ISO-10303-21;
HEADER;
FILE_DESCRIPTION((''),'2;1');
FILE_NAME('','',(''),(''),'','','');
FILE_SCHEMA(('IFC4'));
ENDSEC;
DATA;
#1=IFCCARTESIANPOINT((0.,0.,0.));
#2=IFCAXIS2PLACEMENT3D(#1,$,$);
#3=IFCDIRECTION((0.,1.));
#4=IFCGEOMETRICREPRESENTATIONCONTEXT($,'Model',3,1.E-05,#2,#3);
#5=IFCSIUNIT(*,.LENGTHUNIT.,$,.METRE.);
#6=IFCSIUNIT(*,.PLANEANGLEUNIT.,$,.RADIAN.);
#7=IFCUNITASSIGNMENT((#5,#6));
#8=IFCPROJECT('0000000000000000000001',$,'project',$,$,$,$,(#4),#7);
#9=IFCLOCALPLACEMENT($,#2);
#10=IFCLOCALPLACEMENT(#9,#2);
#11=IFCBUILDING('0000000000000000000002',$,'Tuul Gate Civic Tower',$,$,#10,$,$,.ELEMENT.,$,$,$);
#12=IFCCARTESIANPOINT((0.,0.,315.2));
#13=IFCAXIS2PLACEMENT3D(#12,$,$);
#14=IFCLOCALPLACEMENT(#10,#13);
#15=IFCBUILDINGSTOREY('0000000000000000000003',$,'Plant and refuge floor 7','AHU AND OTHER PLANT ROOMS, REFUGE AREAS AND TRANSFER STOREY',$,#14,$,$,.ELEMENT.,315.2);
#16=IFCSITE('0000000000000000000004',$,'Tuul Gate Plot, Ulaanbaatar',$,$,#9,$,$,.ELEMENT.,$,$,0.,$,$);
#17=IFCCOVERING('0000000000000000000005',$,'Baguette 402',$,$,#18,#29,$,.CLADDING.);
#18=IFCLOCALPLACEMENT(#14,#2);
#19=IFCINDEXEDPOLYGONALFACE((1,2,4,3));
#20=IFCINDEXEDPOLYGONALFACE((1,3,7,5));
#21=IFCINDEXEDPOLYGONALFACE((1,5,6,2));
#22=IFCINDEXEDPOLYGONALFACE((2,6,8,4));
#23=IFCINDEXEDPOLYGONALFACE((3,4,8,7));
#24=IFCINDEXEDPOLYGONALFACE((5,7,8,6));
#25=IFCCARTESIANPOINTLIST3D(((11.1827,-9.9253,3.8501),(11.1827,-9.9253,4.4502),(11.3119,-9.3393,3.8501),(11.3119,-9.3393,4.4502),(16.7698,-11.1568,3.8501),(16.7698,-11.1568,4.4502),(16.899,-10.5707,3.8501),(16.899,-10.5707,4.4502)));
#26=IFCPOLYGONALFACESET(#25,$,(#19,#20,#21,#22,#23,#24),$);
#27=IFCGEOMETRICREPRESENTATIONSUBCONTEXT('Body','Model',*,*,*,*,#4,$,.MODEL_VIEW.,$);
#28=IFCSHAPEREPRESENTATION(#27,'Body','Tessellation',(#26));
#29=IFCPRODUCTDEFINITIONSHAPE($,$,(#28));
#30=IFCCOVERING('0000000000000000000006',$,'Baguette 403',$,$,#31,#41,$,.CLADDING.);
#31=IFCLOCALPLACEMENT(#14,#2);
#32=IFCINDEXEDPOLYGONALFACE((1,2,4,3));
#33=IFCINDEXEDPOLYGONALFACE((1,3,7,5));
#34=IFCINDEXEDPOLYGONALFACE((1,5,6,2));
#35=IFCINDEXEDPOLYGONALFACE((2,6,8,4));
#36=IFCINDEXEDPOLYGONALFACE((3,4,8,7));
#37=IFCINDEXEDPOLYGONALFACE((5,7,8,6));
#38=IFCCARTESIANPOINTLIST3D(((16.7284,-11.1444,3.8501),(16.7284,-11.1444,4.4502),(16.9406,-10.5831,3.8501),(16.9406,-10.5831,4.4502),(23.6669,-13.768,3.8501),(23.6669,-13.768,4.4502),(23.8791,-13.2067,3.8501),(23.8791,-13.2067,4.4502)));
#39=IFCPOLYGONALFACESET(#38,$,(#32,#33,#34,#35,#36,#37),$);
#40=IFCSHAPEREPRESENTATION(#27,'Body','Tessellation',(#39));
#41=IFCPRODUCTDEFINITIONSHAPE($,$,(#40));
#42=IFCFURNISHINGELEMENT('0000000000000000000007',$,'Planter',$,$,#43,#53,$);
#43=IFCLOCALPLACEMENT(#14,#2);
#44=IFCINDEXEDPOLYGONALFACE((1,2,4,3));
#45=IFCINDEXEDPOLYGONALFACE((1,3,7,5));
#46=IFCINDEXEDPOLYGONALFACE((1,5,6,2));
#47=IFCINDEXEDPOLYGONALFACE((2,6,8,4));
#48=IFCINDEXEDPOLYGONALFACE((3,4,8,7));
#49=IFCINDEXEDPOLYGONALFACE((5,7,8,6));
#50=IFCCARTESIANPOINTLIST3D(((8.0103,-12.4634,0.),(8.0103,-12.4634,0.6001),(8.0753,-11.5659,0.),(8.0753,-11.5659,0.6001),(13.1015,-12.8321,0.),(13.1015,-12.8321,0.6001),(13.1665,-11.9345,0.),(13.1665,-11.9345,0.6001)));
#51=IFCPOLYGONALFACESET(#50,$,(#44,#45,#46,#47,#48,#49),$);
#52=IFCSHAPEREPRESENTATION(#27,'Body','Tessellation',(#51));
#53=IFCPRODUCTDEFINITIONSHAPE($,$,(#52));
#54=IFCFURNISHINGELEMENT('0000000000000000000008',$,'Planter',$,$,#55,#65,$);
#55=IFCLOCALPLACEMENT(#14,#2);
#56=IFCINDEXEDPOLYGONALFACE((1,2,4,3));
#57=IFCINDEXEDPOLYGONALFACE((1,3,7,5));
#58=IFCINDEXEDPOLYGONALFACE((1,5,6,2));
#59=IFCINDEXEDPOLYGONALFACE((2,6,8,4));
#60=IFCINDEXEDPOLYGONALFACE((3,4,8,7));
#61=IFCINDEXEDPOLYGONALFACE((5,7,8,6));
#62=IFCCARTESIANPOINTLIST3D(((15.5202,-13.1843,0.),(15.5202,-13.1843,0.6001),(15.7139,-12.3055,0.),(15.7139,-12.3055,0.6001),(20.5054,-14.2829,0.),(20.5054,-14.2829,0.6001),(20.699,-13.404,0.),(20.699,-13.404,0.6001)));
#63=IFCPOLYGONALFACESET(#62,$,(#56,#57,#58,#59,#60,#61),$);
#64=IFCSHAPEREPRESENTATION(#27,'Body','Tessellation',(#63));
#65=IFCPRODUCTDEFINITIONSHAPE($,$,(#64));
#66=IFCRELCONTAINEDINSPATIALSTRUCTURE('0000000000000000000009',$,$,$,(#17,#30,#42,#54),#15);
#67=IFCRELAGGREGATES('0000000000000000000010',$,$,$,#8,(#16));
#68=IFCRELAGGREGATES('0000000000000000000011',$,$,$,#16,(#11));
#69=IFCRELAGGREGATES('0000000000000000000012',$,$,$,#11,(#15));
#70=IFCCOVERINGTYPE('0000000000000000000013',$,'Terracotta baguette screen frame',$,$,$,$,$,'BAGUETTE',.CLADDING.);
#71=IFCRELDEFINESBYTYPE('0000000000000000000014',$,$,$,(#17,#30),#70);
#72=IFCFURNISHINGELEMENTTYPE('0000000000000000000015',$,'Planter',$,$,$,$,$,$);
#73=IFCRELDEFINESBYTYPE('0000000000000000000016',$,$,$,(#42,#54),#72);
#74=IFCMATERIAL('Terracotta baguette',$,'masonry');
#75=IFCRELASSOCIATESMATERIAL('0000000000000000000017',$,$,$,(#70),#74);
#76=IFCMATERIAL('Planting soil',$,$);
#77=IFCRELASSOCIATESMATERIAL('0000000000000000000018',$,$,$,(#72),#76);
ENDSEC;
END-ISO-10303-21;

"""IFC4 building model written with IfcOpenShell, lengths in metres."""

from ifc_helpers import new_model, si_unit, direction, frame, origin, origin_2d, place, context, subcontext, project, spatial, rectangle, extrude, material, material_profile, profile_set, type_object, element, save


model = new_model("IFC4")

# Units and contexts
model_context = context("Model", 3, precision=1e-05, world=origin(), true_north=direction((0.0, 1.0)))
body_context = subcontext(model_context, "Body", "Model", "MODEL_VIEW")
ifc_project = project(units=[si_unit("LENGTHUNIT", "METRE"), si_unit("PLANEANGLEUNIT", "RADIAN")], contexts=[model_context])

# Site, building, storey
site_placement = place(None, origin())
site = spatial("IfcSite", under=ifc_project, at=site_placement, Name="Tuul Gate Plot, Ulaanbaatar", CompositionType="ELEMENT", RefElevation=0.0)
building_placement = place(site_placement, origin())
building = spatial("IfcBuilding", under=site, at=building_placement, Name="Tuul Gate Civic Tower", CompositionType="ELEMENT")
storey_placement = place(building_placement, frame((0.0, 0.0, 315.2)))
storey = spatial("IfcBuildingStorey", under=building, at=storey_placement, Name="Plant and refuge floor 7", Description="AHU AND OTHER PLANT ROOMS, REFUGE AREAS AND TRANSFER STOREY", CompositionType="ELEMENT", Elevation=315.2)

# Coverings
ifc_material_1 = material(Name="Terracotta baguette", Category="masonry")
ifc_material_profile_1 = material_profile(ifc_material_1, rectangle(XDim=0.6001, YDim=0.6001, at=origin_2d()), Name="Terracotta baguette screen frame")
ifc_profile_set_1 = profile_set([ifc_material_profile_1], Name="Terracotta baguette")
covering_type = type_object("IfcCoveringType", Name="Terracotta baguette screen frame", ElementType="BAGUETTE", PredefinedType="CLADDING", material=ifc_profile_set_1)
covering_1_placement = place(storey_placement, frame((11.2473, -9.6323, 4.1501), z_axis=(0.976561, -0.21524, 0.0), x_axis=(0.21524, 0.976561, 0.0)))
element("IfcCovering", 1, at=covering_1_placement, inside=storey, type_object=covering_type, Name="Baguette 402", PredefinedType="CLADDING", context=body_context, shape_type="SweptSolid", body=[
    extrude(rectangle(XDim=0.6001, YDim=0.6001, at=origin_2d()), origin(), (0.0, 0.0, 1.0), 5.7212),
])
covering_2_placement = place(storey_placement, frame((16.8345, -10.8638, 4.1501), z_axis=(0.935368, -0.353676, 0.0), x_axis=(0.353676, 0.935368, 0.0)))
element("IfcCovering", 2, at=covering_2_placement, inside=storey, type_object=covering_type, Name="Baguette 403", PredefinedType="CLADDING", context=body_context, shape_type="SweptSolid", body=[
    extrude(rectangle(XDim=0.6001, YDim=0.6001, at=origin_2d()), origin(), (0.0, 0.0, 1.0), 7.418),
])

# Furnishing elements
ifc_material_2 = material(Name="Planting soil")
furnishing_element_type = type_object("IfcFurnishingElementType", Name="Planter", material=ifc_material_2)
furnishing_1_placement = place(storey_placement, frame((10.5884, -12.199, 0.0), z_axis=(0.0, 0.0, 1.0), x_axis=(0.997389, -0.072222, 0.0)))
element("IfcFurnishingElement", 3, at=furnishing_1_placement, inside=storey, type_object=furnishing_element_type, Name="Planter", context=body_context, shape_type="SweptSolid", body=[
    extrude(rectangle(XDim=5.1045, YDim=0.8999, at=origin_2d()), origin(), (0.0, 0.0, 1.0), 0.6001),
])
furnishing_2_placement = place(storey_placement, frame((18.1096, -13.2942, 0.0), z_axis=(0.0, 0.0, 1.0), x_axis=(0.976571, -0.215195, 0.0)))
element("IfcFurnishingElement", 4, at=furnishing_2_placement, inside=storey, type_object=furnishing_element_type, Name="Planter", context=body_context, shape_type="SweptSolid", body=[
    extrude(rectangle(XDim=5.1047, YDim=0.8999, at=origin_2d()), origin(), (0.0, 0.0, 1.0), 0.6001),
])

save(model, "model.ifc")
